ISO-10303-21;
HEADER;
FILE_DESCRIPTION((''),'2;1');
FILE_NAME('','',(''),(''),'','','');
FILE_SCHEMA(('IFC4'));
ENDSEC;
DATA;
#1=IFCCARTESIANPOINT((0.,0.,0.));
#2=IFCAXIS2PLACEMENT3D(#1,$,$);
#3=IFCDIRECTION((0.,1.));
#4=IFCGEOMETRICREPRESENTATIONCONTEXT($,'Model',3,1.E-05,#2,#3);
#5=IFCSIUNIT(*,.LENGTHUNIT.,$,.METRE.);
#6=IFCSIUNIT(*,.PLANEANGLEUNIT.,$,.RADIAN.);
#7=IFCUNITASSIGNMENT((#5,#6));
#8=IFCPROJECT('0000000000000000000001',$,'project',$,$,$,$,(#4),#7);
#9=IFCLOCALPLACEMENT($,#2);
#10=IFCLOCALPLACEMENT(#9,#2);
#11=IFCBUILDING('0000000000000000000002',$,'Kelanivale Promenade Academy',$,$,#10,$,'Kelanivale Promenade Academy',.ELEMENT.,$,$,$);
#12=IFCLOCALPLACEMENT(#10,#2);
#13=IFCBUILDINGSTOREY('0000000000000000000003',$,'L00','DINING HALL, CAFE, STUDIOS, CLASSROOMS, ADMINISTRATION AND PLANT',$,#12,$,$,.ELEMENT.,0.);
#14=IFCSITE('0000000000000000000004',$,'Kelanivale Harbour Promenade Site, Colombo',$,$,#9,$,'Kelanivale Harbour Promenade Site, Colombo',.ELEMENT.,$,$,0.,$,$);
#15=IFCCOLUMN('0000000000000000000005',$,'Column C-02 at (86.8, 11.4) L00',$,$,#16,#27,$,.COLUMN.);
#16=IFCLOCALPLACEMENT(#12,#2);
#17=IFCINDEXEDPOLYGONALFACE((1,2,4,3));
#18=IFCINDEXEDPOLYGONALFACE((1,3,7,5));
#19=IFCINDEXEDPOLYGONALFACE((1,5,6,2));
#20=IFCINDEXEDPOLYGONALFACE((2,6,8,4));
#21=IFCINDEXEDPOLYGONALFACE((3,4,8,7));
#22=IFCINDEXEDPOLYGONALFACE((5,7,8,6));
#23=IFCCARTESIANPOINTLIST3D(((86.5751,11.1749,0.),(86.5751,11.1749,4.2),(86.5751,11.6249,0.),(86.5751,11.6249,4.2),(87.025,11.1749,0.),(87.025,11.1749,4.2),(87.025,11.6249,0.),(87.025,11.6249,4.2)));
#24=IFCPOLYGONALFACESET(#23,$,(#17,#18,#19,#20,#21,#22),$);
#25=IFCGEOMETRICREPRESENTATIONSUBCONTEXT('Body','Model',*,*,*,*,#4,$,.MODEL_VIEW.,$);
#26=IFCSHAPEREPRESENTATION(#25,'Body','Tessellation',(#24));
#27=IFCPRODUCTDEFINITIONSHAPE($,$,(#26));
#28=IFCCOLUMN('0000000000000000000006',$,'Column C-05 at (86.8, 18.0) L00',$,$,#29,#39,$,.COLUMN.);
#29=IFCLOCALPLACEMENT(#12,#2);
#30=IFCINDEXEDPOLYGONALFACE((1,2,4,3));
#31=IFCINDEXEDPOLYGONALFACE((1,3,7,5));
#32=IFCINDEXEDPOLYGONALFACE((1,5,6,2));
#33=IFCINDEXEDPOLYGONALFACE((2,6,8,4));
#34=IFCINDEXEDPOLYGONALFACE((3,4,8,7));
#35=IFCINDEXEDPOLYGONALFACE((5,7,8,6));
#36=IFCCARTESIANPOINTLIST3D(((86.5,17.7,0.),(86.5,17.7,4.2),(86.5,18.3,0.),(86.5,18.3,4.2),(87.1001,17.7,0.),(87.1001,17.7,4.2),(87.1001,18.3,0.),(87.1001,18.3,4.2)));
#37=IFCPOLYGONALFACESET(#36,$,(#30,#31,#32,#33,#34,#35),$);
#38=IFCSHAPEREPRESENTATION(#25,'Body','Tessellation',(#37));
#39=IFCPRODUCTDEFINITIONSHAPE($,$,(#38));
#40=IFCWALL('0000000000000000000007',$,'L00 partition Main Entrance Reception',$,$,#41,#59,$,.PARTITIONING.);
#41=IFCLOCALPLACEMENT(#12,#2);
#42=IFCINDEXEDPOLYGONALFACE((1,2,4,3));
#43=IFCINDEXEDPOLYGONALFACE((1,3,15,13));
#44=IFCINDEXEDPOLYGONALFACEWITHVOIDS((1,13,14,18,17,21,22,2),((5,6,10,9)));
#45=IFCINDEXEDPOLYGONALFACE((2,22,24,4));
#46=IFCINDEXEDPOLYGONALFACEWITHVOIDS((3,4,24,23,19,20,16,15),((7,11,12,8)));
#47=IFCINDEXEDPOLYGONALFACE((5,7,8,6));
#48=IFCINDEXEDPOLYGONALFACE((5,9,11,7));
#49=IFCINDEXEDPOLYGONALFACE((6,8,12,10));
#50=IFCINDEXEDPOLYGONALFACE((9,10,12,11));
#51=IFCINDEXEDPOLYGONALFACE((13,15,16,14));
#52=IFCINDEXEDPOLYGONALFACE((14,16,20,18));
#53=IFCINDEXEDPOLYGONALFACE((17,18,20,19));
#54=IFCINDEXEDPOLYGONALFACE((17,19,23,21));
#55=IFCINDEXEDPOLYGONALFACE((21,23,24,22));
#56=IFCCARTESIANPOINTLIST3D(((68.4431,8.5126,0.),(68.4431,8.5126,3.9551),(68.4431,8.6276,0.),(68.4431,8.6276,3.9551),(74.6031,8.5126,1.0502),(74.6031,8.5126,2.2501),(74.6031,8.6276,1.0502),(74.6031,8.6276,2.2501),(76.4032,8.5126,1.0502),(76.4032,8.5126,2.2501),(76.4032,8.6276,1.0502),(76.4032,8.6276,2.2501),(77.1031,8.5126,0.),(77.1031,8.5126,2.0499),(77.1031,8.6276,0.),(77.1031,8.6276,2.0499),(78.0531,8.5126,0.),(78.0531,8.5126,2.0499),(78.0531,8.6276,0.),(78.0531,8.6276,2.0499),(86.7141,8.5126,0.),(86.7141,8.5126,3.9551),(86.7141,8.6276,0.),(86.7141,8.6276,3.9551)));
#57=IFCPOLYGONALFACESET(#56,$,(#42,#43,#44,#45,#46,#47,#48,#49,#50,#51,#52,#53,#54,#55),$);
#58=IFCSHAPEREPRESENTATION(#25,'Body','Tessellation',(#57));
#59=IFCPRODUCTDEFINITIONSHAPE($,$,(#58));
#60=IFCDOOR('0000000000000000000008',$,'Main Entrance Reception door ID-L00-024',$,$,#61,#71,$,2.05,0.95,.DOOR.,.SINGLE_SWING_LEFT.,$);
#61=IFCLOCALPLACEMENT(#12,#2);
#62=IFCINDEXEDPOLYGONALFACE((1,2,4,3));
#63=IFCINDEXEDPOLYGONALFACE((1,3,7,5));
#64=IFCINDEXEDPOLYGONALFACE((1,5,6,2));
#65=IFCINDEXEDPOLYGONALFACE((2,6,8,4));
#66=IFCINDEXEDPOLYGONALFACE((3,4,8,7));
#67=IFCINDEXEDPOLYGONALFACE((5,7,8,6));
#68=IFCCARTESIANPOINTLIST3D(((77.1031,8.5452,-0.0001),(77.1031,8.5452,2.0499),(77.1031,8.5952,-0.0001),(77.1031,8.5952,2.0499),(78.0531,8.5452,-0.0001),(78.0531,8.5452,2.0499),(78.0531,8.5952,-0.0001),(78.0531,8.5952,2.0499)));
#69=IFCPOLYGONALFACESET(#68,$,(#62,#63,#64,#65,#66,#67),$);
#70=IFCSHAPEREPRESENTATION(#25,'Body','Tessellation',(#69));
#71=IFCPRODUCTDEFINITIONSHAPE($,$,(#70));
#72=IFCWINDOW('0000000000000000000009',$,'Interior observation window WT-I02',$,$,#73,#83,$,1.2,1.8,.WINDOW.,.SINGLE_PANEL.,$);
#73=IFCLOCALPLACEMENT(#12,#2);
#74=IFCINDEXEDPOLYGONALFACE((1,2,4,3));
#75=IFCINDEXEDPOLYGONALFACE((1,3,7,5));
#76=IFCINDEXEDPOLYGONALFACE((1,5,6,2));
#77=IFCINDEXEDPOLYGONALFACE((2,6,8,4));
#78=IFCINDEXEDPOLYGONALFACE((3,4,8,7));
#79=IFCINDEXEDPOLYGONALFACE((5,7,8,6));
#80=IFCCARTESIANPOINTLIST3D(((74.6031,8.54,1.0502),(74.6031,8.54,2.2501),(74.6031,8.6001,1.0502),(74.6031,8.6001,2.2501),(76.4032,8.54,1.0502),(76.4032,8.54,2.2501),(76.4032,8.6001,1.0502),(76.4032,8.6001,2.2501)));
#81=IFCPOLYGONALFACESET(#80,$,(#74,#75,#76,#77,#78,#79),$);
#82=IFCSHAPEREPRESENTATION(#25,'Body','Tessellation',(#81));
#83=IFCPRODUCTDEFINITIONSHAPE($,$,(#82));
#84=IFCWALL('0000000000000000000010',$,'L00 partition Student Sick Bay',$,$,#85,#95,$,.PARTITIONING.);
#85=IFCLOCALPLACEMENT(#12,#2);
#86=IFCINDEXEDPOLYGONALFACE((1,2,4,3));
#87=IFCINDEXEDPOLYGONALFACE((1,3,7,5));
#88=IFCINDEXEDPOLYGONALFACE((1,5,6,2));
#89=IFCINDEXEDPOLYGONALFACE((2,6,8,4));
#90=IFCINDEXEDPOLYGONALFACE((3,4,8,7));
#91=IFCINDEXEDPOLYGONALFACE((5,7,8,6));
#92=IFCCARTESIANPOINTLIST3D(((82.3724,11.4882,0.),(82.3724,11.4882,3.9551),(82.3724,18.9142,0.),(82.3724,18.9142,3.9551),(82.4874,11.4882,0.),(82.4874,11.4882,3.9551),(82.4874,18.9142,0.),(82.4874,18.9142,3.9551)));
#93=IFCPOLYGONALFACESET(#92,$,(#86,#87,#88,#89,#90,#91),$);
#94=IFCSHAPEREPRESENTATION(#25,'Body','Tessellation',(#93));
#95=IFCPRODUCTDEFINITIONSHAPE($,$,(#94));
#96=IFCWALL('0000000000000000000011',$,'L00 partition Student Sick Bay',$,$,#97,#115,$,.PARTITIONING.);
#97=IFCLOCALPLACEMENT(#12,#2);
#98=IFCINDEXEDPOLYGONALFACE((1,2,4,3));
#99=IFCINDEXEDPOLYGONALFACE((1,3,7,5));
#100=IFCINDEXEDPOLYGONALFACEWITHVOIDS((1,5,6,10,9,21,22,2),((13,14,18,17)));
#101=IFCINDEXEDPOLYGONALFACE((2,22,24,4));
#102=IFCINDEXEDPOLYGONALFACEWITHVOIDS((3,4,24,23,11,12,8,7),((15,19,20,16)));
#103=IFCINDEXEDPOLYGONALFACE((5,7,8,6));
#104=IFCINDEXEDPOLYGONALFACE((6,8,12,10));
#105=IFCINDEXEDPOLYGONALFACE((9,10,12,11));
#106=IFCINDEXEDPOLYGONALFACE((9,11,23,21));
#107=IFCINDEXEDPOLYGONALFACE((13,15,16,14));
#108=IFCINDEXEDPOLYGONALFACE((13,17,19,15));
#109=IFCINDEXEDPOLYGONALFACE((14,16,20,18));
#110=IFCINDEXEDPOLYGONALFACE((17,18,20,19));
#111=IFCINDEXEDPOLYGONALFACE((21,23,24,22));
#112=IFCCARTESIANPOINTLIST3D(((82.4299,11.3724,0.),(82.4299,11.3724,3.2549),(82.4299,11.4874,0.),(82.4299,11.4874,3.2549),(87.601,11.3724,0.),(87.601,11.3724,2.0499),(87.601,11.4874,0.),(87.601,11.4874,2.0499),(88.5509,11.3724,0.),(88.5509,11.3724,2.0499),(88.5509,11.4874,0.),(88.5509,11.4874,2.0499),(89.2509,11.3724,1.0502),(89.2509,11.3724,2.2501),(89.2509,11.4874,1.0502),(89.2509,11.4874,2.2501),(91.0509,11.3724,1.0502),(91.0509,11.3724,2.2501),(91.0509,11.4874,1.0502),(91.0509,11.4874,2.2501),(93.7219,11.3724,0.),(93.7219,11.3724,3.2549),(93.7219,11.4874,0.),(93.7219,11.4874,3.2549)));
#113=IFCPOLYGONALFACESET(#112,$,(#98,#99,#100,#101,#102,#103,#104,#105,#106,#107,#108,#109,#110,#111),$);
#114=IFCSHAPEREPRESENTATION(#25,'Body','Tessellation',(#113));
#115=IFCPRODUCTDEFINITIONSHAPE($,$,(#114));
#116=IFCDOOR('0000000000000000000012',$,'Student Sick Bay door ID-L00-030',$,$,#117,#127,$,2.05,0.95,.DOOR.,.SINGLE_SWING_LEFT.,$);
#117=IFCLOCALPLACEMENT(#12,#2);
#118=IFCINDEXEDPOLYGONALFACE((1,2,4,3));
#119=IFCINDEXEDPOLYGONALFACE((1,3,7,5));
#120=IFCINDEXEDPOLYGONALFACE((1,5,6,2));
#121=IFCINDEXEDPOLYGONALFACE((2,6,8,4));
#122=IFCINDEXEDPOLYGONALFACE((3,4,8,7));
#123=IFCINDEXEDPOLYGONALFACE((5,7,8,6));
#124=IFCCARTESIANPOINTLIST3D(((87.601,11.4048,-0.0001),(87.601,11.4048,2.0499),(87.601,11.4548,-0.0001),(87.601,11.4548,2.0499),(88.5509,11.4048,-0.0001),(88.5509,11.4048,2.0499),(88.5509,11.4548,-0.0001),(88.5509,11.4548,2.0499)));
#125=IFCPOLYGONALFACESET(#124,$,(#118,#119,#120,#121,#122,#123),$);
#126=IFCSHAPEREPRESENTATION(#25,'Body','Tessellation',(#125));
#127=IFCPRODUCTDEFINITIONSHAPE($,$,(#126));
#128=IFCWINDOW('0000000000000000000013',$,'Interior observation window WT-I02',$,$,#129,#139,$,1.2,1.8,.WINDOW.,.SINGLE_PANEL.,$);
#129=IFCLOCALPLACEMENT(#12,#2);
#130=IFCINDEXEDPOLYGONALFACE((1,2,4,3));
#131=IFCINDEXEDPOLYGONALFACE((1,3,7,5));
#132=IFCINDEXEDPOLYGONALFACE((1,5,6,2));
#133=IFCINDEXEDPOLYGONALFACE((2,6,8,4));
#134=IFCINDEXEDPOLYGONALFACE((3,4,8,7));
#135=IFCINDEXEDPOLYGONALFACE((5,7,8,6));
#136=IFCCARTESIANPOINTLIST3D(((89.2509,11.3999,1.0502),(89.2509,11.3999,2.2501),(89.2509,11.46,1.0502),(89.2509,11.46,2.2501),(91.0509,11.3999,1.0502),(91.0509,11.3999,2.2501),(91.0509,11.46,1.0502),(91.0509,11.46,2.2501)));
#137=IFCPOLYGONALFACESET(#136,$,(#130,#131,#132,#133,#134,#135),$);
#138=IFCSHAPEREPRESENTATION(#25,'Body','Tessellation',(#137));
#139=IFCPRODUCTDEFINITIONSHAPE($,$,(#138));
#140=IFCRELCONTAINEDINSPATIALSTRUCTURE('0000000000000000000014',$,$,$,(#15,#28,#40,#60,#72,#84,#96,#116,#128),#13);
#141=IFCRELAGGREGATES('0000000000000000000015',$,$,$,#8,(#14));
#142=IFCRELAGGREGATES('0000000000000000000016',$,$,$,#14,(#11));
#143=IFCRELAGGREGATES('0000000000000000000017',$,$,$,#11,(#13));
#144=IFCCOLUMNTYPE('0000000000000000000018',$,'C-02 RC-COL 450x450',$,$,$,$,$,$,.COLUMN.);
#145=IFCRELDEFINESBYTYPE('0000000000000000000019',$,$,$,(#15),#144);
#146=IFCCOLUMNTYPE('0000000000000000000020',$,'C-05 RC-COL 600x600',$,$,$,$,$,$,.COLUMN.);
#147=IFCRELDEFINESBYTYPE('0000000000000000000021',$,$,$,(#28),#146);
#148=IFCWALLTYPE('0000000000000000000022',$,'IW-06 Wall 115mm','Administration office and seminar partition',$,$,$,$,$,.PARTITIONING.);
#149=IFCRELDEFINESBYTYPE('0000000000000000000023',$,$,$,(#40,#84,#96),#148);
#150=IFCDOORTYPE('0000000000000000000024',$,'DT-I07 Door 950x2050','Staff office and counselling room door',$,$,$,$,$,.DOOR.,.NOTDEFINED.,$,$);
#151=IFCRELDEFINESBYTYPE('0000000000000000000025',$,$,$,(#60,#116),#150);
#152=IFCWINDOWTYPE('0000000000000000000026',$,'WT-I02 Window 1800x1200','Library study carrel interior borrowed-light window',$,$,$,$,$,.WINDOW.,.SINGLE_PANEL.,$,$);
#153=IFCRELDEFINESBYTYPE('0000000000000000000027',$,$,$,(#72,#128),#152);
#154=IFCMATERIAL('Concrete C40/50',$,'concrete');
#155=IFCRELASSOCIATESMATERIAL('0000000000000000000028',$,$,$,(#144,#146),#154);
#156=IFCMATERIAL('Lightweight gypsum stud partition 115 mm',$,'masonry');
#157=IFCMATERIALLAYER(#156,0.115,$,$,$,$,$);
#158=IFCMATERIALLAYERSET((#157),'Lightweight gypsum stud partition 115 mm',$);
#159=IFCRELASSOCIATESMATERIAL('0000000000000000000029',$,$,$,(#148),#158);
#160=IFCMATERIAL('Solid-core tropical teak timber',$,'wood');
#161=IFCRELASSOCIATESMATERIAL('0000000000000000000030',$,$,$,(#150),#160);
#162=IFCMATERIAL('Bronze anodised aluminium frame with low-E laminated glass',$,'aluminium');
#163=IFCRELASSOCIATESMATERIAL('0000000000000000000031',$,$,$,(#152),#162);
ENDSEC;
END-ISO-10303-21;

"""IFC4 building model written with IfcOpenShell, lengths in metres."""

from ifc_helpers import new_model, si_unit, direction, frame, frame_2d, origin, origin_2d, place, context, subcontext, project, spatial, rectangle, extrude, material, layer, layer_set, material_profile, profile_set, type_object, element, fill, save


model = new_model("IFC4")

# Units and contexts
model_context = context("Model", 3, precision=1e-05, world=origin(), true_north=direction((0.0, 1.0)))
body_context = subcontext(model_context, "Body", "Model", "MODEL_VIEW")
ifc_project = project(units=[si_unit("LENGTHUNIT", "METRE"), si_unit("PLANEANGLEUNIT", "RADIAN")], contexts=[model_context])

# Site, building, storey
site_placement = place(None, origin())
site = spatial("IfcSite", under=ifc_project, at=site_placement, Name="Kelanivale Harbour Promenade Site, Colombo", LongName="Kelanivale Harbour Promenade Site, Colombo", CompositionType="ELEMENT", RefElevation=0.0)
building_placement = place(site_placement, origin())
building = spatial("IfcBuilding", under=site, at=building_placement, Name="Kelanivale Promenade Academy", LongName="Kelanivale Promenade Academy", CompositionType="ELEMENT")
storey_placement = place(building_placement, origin())
storey = spatial("IfcBuildingStorey", under=building, at=storey_placement, Name="L00", Description="DINING HALL, CAFE, STUDIOS, CLASSROOMS, ADMINISTRATION AND PLANT", CompositionType="ELEMENT", Elevation=0.0)

# Columns
ifc_material_1 = material(Name="Concrete C40/50", Category="concrete")
ifc_material_profile_1 = material_profile(ifc_material_1, rectangle(XDim=0.45, YDim=0.45, at=origin_2d()), Name="RC-COL 450x450")
ifc_profile_set_1 = profile_set([ifc_material_profile_1], Name="Concrete C40/50")
column_type_1 = type_object("IfcColumnType", Name="C-02 RC-COL 450x450", PredefinedType="COLUMN", material=ifc_profile_set_1)
column_1_placement = place(storey_placement, frame((86.8, 11.3999, 0.0), z_axis=(0.0, 0.0, 1.0), x_axis=(1.0, 0.0, 0.0)))
element("IfcColumn", 1, at=column_1_placement, inside=storey, type_object=column_type_1, Name="Column C-02 at (86.8, 11.4) L00", PredefinedType="COLUMN", context=body_context, shape_type="SweptSolid", body=[
    extrude(rectangle(XDim=0.45, YDim=0.45, at=origin_2d()), origin(), (0.0, 0.0, 1.0), 4.2),
])
ifc_material_profile_2 = material_profile(ifc_material_1, rectangle(XDim=0.6001, YDim=0.6001, at=origin_2d()), Name="RC-COL 600x600")
ifc_profile_set_2 = profile_set([ifc_material_profile_2], Name="Concrete C40/50")
column_type_2 = type_object("IfcColumnType", Name="C-05 RC-COL 600x600", PredefinedType="COLUMN", material=ifc_profile_set_2)
column_2_placement = place(storey_placement, frame((86.8, 18.0, 0.0), z_axis=(0.0, 0.0, 1.0), x_axis=(1.0, 0.0, 0.0)))
element("IfcColumn", 2, at=column_2_placement, inside=storey, type_object=column_type_2, Name="Column C-05 at (86.8, 18.0) L00", PredefinedType="COLUMN", context=body_context, shape_type="SweptSolid", body=[
    extrude(rectangle(XDim=0.6001, YDim=0.6001, at=origin_2d()), origin(), (0.0, 0.0, 1.0), 4.2),
])

# Wall, openings, door, window
ifc_material_2 = material(Name="Lightweight gypsum stud partition 115 mm", Category="masonry")
ifc_layer = layer(ifc_material_2, 0.115)
ifc_layer_set = layer_set([ifc_layer], Name="Lightweight gypsum stud partition 115 mm")
wall_type = type_object("IfcWallType", Name="IW-06 Wall 115mm", Description="Administration office and seminar partition", PredefinedType="PARTITIONING", material=ifc_layer_set)
wall_1_placement = place(storey_placement, frame((86.7141, 8.5701, 0.0), z_axis=(0.0, 0.0, 1.0), x_axis=(-1.0, 0.0, 0.0)))
wall_1 = element("IfcWall", 3, at=wall_1_placement, inside=storey, type_object=wall_type, Name="L00 partition Main Entrance Reception", PredefinedType="PARTITIONING", context=body_context, shape_type="SweptSolid", body=[
    extrude(rectangle(XDim=18.271, YDim=0.115, at=frame_2d((9.1355, 0.0))), origin(), (0.0, 0.0, 1.0), 3.9551),
])
opening_1_placement = place(wall_1_placement, frame((8.6609, 0.0, 0.0)))
opening_1 = element("IfcOpeningElement", 4, at=opening_1_placement, cuts=wall_1, PredefinedType="OPENING", context=body_context, shape_type="SweptSolid", body=[
    extrude(rectangle(XDim=0.95, YDim=2.05, at=frame_2d((0.4751, 1.0249))), frame((0.0, 0.0674, 0.0), z_axis=(0.0, -1.0, 0.0), x_axis=(1.0, 0.0, 0.0)), (0.0, 0.0, 1.0), 0.135),
])
opening_2_placement = place(wall_1_placement, frame((10.311, 0.0, 1.05)))
opening_2 = element("IfcOpeningElement", 5, at=opening_2_placement, cuts=wall_1, PredefinedType="OPENING", context=body_context, shape_type="SweptSolid", body=[
    extrude(rectangle(XDim=1.8, YDim=1.2, at=frame_2d((0.8999, 0.6001))), frame((0.0, 0.0674, 0.0), z_axis=(0.0, -1.0, 0.0), x_axis=(1.0, 0.0, 0.0)), (0.0, 0.0, 1.0), 0.135),
])
ifc_material_3 = material(Name="Solid-core tropical teak timber", Category="wood")
door_type = type_object("IfcDoorType", Name="DT-I07 Door 950x2050", Description="Staff office and counselling room door", OperationType="NOTDEFINED", PredefinedType="DOOR", material=ifc_material_3)
door_1_placement = place(opening_1_placement, origin())
door_1 = element("IfcDoor", 6, at=door_1_placement, inside=storey, type_object=door_type, Name="Main Entrance Reception door ID-L00-024", OperationType="SINGLE_SWING_LEFT", OverallHeight=2.05, OverallWidth=0.95, PredefinedType="DOOR", context=body_context, shape_type="SweptSolid", body=[
    extrude(rectangle(XDim=0.95, YDim=2.05, at=frame_2d((0.4751, 1.0249))), frame((0.0, 0.0249, 0.0), z_axis=(0.0, -1.0, 0.0), x_axis=(1.0, 0.0, 0.0)), (0.0, 0.0, 1.0), 0.05),
])
fill(opening_1, door_1)
ifc_material_4 = material(Name="Bronze anodised aluminium frame with low-E laminated glass", Category="aluminium")
window_type = type_object("IfcWindowType", Name="WT-I02 Window 1800x1200", Description="Library study carrel interior borrowed-light window", PartitioningType="SINGLE_PANEL", PredefinedType="WINDOW", material=ifc_material_4)
window_1_placement = place(opening_2_placement, origin())
window_1 = element("IfcWindow", 7, at=window_1_placement, inside=storey, type_object=window_type, Name="Interior observation window WT-I02", OverallHeight=1.2, OverallWidth=1.8, PartitioningType="SINGLE_PANEL", PredefinedType="WINDOW", context=body_context, shape_type="SweptSolid", body=[
    extrude(rectangle(XDim=1.8, YDim=1.2, at=frame_2d((0.8999, 0.6001))), frame((0.0, 0.03, 0.0), z_axis=(0.0, -1.0, 0.0), x_axis=(1.0, 0.0, 0.0)), (0.0, 0.0, 1.0), 0.0601),
])
fill(opening_2, window_1)

# Wall
wall_2_placement = place(storey_placement, frame((82.4299, 18.9141, 0.0), z_axis=(0.0, 0.0, 1.0), x_axis=(0.0, -1.0, 0.0)))
element("IfcWall", 8, at=wall_2_placement, inside=storey, type_object=wall_type, Name="L00 partition Student Sick Bay", PredefinedType="PARTITIONING", context=body_context, shape_type="SweptSolid", body=[
    extrude(rectangle(XDim=7.426, YDim=0.115, at=frame_2d((3.7129, 0.0))), origin(), (0.0, 0.0, 1.0), 3.9551),
])

# Wall, openings, door, window
wall_3_placement = place(storey_placement, frame((82.4299, 11.4299, 0.0), z_axis=(0.0, 0.0, 1.0), x_axis=(1.0, 0.0, 0.0)))
wall_3 = element("IfcWall", 9, at=wall_3_placement, inside=storey, type_object=wall_type, Name="L00 partition Student Sick Bay", PredefinedType="PARTITIONING", context=body_context, shape_type="SweptSolid", body=[
    extrude(rectangle(XDim=11.292, YDim=0.115, at=frame_2d((5.646, 0.0))), origin(), (0.0, 0.0, 1.0), 3.2549),
])
opening_3_placement = place(wall_3_placement, frame((5.1709, 0.0, 0.0)))
opening_3 = element("IfcOpeningElement", 10, at=opening_3_placement, cuts=wall_3, PredefinedType="OPENING", context=body_context, shape_type="SweptSolid", body=[
    extrude(rectangle(XDim=0.95, YDim=2.05, at=frame_2d((0.4751, 1.0249))), frame((0.0, 0.0674, 0.0), z_axis=(0.0, -1.0, 0.0), x_axis=(1.0, 0.0, 0.0)), (0.0, 0.0, 1.0), 0.135),
])
opening_4_placement = place(wall_3_placement, frame((6.821, 0.0, 1.05)))
opening_4 = element("IfcOpeningElement", 11, at=opening_4_placement, cuts=wall_3, PredefinedType="OPENING", context=body_context, shape_type="SweptSolid", body=[
    extrude(rectangle(XDim=1.8, YDim=1.2, at=frame_2d((0.8999, 0.6001))), frame((0.0, 0.0674, 0.0), z_axis=(0.0, -1.0, 0.0), x_axis=(1.0, 0.0, 0.0)), (0.0, 0.0, 1.0), 0.135),
])
door_2_placement = place(opening_3_placement, origin())
door_2 = element("IfcDoor", 12, at=door_2_placement, inside=storey, type_object=door_type, Name="Student Sick Bay door ID-L00-030", OperationType="SINGLE_SWING_LEFT", OverallHeight=2.05, OverallWidth=0.95, PredefinedType="DOOR", context=body_context, shape_type="SweptSolid", body=[
    extrude(rectangle(XDim=0.95, YDim=2.05, at=frame_2d((0.4751, 1.0249))), frame((0.0, 0.0249, 0.0), z_axis=(0.0, -1.0, 0.0), x_axis=(1.0, 0.0, 0.0)), (0.0, 0.0, 1.0), 0.05),
])
fill(opening_3, door_2)
window_2_placement = place(opening_4_placement, origin())
window_2 = element("IfcWindow", 13, at=window_2_placement, inside=storey, type_object=window_type, Name="Interior observation window WT-I02", OverallHeight=1.2, OverallWidth=1.8, PartitioningType="SINGLE_PANEL", PredefinedType="WINDOW", context=body_context, shape_type="SweptSolid", body=[
    extrude(rectangle(XDim=1.8, YDim=1.2, at=frame_2d((0.8999, 0.6001))), frame((0.0, 0.03, 0.0), z_axis=(0.0, -1.0, 0.0), x_axis=(1.0, 0.0, 0.0)), (0.0, 0.0, 1.0), 0.0601),
])
fill(opening_4, window_2)

save(model, "model.ifc")
